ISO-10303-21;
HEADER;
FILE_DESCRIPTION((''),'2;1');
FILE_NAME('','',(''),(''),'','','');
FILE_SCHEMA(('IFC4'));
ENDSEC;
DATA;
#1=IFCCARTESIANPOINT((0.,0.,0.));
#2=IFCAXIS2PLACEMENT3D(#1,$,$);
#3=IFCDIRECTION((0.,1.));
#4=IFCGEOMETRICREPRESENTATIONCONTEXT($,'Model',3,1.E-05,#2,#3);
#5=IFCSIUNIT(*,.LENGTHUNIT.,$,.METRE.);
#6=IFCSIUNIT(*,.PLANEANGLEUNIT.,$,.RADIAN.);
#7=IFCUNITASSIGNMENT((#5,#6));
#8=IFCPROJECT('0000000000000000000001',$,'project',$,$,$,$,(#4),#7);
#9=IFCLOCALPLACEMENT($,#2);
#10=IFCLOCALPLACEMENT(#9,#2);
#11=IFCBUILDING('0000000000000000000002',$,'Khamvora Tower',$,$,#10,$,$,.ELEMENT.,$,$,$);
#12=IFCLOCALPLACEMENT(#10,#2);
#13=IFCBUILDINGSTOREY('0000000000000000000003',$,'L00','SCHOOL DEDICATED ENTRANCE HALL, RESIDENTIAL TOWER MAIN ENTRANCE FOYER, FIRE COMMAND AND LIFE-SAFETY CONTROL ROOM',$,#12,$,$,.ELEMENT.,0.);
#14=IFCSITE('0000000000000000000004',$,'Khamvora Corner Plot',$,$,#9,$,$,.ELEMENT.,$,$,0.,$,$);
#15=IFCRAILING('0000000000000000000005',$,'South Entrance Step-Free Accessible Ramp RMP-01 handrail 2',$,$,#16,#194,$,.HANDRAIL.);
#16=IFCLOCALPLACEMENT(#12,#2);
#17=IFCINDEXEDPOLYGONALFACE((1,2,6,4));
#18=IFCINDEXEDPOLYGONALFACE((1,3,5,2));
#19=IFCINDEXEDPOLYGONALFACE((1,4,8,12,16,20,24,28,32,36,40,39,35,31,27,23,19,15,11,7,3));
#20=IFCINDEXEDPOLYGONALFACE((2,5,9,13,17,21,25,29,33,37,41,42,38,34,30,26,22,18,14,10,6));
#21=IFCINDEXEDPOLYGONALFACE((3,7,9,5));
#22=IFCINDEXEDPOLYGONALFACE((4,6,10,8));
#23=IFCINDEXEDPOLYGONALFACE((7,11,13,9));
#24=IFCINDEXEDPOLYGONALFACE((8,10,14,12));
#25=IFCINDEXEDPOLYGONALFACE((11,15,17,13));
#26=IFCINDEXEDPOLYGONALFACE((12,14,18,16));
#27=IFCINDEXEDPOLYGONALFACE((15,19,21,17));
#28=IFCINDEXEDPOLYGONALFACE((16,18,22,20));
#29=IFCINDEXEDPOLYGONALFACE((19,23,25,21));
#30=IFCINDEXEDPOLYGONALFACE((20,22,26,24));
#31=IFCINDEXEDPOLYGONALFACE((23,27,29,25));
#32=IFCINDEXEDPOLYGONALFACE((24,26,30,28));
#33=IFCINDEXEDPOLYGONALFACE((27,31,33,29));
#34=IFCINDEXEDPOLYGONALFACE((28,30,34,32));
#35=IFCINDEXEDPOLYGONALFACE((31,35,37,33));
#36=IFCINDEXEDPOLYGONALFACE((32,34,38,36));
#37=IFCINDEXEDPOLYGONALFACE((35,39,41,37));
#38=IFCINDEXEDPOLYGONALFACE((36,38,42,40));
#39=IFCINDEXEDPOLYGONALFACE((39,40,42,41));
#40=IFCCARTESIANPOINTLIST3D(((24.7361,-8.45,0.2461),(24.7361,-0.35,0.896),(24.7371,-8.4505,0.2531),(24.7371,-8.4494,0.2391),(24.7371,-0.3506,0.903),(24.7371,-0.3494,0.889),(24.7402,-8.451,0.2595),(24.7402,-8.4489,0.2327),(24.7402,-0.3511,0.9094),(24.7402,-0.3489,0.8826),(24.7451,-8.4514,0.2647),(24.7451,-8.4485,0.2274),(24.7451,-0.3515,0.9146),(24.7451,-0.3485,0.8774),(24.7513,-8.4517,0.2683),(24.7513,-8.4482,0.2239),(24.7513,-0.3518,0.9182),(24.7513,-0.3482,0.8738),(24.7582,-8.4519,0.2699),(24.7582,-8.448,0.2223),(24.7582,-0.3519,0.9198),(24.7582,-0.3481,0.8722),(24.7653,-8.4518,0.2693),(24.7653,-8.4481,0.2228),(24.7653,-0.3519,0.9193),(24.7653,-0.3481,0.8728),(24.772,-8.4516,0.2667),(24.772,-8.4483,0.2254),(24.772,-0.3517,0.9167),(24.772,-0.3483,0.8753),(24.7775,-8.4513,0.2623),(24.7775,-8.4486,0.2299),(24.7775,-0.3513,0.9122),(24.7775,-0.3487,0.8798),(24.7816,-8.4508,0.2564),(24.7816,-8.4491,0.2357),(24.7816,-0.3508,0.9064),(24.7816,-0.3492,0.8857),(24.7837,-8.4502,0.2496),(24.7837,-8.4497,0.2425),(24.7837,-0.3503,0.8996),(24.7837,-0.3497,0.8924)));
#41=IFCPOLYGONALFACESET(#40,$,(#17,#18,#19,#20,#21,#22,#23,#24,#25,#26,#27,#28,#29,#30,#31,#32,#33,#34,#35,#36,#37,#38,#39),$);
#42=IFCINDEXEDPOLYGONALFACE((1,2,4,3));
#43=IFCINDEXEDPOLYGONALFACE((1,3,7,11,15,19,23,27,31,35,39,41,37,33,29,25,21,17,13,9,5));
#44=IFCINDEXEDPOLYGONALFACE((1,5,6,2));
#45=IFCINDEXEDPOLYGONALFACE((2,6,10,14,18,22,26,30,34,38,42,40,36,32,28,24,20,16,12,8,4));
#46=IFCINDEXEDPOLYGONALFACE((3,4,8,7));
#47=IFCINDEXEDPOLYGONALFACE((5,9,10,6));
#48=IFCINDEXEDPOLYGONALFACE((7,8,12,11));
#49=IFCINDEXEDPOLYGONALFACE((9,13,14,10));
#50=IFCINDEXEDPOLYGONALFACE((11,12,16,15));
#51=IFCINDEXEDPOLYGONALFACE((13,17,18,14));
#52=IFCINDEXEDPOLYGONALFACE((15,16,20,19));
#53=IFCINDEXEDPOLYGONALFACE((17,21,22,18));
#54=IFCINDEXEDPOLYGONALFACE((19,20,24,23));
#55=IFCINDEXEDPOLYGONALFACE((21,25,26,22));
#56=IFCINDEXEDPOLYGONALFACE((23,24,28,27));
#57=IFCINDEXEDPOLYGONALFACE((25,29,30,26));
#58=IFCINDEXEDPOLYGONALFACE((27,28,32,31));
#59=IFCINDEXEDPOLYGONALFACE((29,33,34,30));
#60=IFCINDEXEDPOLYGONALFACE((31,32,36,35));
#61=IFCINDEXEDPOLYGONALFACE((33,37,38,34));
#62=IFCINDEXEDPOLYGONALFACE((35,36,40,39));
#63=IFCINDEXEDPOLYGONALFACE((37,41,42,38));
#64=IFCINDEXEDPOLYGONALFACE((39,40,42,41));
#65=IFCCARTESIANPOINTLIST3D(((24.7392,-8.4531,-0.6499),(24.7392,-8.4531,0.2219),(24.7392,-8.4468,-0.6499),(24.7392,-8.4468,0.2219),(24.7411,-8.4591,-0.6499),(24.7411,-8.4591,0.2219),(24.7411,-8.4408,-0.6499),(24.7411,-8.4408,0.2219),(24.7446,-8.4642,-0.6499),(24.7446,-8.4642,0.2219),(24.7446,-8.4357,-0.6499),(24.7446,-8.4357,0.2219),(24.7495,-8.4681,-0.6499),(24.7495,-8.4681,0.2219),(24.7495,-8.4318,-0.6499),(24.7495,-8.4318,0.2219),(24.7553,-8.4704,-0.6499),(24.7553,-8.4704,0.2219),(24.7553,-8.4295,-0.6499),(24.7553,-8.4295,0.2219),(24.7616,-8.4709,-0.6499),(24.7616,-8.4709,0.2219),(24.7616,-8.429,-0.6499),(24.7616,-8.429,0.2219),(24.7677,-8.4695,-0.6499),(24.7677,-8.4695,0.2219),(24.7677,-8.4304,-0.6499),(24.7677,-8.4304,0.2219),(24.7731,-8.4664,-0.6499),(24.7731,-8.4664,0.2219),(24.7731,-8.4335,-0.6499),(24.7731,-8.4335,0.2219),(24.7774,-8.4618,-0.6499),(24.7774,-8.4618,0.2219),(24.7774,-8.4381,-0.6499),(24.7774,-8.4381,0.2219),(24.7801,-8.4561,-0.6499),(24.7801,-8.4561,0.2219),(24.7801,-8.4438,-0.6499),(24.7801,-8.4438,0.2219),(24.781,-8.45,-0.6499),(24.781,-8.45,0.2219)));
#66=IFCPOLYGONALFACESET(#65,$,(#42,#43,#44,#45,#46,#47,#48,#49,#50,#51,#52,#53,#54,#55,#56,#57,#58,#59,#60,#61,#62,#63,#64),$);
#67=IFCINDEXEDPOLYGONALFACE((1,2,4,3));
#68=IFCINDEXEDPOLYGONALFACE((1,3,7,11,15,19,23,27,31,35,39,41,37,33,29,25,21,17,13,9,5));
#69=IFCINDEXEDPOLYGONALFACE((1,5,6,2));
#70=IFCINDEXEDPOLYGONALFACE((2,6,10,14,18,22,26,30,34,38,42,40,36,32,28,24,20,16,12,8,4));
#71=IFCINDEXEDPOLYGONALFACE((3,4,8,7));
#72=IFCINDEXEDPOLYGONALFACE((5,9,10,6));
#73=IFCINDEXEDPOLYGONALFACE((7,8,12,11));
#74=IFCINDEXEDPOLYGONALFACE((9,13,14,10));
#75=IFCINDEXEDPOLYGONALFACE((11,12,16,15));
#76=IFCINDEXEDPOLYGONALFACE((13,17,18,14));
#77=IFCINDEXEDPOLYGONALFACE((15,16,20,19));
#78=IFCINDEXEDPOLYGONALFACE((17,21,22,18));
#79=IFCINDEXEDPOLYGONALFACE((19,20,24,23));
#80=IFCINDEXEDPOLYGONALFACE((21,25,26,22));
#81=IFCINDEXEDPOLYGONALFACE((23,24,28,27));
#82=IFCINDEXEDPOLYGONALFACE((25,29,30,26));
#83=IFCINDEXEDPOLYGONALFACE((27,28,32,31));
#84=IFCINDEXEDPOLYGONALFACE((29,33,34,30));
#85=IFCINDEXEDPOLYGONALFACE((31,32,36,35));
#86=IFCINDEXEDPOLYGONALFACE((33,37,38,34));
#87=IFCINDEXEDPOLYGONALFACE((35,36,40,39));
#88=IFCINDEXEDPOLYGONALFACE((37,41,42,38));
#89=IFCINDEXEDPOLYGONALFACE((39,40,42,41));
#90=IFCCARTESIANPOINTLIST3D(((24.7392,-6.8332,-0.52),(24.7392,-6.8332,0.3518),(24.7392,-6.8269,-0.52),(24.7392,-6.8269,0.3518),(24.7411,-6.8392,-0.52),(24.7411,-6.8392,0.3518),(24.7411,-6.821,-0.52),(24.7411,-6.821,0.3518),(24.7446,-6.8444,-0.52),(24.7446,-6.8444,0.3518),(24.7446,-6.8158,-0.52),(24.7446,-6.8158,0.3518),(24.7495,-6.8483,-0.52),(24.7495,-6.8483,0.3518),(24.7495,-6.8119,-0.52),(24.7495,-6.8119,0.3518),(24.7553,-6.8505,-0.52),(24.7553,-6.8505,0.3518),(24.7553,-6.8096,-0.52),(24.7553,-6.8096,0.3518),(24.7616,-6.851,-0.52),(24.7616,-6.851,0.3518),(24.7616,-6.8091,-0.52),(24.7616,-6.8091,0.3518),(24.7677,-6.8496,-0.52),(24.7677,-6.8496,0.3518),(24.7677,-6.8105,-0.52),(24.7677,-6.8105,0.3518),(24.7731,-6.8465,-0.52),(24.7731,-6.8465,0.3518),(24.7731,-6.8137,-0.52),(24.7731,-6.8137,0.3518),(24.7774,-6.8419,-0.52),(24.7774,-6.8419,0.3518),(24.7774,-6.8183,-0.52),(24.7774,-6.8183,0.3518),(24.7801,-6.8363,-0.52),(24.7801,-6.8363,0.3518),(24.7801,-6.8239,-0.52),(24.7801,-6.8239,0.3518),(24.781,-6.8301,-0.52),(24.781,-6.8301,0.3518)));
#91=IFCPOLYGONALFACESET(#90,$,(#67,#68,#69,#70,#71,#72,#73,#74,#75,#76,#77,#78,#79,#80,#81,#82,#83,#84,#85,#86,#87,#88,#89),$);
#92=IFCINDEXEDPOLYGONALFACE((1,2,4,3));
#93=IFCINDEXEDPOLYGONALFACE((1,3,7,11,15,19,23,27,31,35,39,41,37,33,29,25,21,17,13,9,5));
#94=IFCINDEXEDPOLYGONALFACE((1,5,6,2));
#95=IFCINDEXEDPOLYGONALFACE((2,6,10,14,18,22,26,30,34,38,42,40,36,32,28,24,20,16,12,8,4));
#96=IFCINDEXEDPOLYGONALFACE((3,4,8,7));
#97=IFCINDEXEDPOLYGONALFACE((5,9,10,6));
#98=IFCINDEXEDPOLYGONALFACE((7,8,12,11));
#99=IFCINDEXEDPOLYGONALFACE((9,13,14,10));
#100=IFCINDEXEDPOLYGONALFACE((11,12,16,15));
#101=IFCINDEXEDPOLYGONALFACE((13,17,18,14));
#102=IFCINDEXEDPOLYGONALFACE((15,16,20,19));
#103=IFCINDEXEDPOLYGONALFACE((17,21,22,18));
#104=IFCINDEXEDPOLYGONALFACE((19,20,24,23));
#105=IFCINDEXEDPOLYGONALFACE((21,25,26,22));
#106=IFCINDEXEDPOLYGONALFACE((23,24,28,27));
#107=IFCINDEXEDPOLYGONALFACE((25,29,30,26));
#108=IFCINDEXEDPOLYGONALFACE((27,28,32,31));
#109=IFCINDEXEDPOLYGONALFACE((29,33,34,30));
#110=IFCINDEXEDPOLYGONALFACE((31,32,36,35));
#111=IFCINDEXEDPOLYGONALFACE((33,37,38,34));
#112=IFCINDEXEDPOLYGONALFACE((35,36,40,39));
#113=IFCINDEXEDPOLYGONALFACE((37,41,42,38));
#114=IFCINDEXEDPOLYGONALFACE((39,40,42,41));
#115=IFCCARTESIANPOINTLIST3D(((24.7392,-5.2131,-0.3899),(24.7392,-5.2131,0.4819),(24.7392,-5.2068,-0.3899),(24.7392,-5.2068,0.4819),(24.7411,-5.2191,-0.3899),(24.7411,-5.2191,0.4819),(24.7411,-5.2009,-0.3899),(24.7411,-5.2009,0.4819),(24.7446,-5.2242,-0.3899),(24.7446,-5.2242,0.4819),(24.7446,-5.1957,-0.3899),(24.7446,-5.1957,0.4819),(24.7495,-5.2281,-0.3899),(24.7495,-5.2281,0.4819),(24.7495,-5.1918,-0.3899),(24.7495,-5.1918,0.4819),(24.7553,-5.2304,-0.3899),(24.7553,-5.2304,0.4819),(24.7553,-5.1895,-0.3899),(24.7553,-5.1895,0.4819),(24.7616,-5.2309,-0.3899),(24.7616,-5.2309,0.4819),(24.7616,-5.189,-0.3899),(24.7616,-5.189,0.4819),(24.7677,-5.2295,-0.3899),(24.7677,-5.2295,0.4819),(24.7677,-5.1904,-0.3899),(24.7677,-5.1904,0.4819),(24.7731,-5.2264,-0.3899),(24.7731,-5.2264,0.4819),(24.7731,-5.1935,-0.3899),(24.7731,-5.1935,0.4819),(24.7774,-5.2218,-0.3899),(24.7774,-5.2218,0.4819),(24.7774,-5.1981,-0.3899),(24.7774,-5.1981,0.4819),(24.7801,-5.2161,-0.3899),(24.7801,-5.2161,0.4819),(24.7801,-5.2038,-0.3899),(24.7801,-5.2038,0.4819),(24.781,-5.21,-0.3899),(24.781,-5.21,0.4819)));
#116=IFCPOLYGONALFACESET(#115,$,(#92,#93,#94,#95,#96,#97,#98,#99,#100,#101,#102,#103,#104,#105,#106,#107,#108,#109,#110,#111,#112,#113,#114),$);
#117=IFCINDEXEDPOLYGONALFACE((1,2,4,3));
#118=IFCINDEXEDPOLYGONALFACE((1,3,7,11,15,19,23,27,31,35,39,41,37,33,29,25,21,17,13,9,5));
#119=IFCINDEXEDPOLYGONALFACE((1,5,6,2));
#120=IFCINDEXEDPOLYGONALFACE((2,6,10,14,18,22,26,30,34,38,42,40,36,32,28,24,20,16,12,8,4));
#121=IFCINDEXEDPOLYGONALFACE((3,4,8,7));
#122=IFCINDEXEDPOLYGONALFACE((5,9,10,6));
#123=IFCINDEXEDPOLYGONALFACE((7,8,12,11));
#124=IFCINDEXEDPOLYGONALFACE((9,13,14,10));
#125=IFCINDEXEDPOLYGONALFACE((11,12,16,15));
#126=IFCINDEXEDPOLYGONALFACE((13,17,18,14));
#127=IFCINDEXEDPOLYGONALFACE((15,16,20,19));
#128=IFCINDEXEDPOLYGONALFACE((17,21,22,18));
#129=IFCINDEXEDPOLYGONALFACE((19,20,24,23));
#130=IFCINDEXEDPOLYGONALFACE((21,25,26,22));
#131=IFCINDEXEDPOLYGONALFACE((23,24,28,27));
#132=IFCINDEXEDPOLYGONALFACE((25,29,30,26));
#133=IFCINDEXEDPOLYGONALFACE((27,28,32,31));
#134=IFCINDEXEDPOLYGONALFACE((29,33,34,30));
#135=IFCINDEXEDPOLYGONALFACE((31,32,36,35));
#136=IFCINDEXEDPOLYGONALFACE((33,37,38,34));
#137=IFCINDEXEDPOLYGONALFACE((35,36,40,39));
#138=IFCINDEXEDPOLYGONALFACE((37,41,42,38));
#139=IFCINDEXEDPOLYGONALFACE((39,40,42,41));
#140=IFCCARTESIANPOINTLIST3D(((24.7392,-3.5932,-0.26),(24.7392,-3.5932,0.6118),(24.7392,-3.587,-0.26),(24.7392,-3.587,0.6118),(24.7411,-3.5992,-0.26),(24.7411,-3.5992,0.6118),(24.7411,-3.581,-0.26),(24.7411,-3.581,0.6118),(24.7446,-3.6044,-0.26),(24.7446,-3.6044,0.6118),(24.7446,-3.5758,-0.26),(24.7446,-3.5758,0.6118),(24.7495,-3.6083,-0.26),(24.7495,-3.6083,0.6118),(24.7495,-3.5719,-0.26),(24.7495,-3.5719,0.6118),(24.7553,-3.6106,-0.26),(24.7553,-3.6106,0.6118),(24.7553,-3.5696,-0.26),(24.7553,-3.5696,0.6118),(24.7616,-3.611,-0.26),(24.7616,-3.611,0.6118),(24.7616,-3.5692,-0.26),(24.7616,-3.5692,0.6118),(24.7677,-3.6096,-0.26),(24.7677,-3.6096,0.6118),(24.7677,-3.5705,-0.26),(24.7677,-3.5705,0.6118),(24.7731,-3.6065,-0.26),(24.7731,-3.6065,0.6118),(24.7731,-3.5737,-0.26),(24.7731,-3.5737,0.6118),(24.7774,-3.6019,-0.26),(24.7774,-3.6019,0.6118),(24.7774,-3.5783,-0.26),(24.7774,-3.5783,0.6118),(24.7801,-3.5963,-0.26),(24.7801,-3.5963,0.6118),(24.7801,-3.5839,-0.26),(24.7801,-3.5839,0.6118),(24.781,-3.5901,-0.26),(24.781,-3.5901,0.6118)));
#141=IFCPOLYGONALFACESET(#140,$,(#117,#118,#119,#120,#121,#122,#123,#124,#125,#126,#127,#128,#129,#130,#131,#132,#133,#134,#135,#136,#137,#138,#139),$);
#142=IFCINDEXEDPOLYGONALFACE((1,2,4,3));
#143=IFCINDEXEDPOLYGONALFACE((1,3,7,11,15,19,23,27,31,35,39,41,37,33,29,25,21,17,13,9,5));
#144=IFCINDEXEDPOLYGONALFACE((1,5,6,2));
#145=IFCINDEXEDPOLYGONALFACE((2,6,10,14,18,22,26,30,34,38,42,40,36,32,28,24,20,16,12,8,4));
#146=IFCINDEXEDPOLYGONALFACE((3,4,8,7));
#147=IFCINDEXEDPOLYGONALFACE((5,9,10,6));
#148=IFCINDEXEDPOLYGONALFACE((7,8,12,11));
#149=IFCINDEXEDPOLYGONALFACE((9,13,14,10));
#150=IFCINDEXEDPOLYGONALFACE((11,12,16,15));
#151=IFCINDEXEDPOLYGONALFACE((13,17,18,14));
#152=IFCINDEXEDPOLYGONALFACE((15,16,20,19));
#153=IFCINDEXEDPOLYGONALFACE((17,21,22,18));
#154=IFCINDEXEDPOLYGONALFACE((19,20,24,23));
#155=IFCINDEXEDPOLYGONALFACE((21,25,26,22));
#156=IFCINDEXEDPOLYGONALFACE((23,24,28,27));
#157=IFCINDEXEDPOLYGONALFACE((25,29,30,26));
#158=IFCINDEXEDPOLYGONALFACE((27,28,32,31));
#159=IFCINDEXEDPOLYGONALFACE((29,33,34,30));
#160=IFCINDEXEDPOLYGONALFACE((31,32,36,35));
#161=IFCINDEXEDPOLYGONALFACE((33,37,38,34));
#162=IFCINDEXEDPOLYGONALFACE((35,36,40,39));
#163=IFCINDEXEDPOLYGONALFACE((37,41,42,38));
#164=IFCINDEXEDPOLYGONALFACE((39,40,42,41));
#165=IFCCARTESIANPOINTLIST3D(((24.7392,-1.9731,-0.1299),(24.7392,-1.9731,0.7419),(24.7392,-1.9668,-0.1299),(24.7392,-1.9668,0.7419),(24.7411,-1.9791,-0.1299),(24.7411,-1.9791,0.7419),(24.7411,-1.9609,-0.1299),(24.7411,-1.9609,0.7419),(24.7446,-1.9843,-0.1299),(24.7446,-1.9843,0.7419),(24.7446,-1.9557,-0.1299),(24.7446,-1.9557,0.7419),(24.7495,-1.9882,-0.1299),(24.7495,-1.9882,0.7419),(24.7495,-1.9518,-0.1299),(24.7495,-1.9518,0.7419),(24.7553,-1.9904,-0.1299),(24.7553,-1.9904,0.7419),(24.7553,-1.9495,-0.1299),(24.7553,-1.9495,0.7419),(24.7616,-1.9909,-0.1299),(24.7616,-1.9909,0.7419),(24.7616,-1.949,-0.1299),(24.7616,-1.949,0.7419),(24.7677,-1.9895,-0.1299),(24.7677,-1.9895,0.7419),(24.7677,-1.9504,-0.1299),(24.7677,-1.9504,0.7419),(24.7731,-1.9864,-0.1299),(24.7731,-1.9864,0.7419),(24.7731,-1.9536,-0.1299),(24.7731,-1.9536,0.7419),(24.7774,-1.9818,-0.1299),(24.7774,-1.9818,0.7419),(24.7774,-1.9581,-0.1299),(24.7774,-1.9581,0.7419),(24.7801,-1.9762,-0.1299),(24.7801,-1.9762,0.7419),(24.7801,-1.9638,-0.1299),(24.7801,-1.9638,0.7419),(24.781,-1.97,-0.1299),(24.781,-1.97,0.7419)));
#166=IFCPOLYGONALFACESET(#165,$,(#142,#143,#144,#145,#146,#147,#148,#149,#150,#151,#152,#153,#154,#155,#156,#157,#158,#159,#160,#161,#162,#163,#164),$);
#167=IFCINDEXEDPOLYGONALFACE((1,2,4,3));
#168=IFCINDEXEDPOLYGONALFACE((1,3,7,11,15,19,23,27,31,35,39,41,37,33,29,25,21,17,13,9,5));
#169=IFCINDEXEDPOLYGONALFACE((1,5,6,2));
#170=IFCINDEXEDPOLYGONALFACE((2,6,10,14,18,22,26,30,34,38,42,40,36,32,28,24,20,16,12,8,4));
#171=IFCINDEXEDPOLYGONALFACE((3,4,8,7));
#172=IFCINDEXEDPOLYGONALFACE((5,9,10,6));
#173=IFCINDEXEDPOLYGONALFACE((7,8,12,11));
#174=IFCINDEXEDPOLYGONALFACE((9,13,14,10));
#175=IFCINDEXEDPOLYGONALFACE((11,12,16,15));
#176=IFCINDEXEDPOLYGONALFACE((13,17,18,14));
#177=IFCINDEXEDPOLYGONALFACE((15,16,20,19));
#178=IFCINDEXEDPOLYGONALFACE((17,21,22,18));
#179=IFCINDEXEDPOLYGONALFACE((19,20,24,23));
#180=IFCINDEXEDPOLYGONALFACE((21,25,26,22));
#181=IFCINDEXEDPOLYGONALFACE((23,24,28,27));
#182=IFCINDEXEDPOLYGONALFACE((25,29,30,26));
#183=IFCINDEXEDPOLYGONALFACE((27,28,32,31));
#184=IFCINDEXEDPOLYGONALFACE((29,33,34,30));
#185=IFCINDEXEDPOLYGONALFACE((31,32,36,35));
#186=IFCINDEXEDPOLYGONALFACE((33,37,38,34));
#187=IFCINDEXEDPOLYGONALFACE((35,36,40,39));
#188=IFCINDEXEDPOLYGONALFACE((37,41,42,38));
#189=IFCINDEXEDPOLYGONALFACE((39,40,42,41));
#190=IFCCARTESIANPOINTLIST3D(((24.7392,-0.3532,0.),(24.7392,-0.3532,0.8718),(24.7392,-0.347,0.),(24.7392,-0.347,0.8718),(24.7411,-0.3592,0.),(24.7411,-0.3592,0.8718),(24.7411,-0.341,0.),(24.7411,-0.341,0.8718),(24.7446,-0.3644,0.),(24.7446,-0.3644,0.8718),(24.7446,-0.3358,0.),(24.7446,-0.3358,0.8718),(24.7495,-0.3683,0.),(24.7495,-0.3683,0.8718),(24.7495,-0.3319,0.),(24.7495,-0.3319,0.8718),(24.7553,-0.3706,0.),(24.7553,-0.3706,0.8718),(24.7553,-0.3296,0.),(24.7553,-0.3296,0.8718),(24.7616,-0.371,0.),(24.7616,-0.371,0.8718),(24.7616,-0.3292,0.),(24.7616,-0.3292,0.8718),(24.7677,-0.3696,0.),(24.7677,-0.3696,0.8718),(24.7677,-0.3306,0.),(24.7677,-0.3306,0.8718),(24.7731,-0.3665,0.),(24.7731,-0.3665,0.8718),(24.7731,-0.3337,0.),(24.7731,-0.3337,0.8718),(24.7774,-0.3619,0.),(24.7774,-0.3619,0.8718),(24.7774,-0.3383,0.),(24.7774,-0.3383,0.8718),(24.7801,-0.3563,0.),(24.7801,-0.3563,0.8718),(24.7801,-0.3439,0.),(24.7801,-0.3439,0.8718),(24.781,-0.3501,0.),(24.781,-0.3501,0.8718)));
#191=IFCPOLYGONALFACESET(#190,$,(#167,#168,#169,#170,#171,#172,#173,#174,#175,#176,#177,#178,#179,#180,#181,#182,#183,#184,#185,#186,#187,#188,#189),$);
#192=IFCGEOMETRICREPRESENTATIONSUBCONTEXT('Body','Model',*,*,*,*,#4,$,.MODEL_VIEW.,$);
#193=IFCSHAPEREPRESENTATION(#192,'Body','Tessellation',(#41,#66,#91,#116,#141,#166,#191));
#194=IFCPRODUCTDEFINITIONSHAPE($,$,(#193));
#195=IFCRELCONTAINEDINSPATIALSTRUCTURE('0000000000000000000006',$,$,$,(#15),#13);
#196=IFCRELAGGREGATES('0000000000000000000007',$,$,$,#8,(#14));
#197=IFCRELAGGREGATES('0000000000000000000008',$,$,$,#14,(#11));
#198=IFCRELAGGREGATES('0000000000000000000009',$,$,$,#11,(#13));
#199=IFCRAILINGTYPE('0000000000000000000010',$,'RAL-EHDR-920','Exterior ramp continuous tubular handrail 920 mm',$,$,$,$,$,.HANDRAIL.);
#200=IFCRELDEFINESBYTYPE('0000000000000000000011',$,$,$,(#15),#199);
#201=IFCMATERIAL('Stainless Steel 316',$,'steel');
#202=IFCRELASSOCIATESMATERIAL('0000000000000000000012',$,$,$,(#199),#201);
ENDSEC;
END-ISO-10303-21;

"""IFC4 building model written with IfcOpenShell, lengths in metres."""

from ifc_helpers import new_model, si_unit, direction, frame, origin, origin_2d, place, context, subcontext, project, spatial, circle, extrude, material, type_object, element, save


model = new_model("IFC4")

# Units and contexts
model_context = context("Model", 3, precision=1e-05, world=origin(), true_north=direction((0.0, 1.0)))
body_context = subcontext(model_context, "Body", "Model", "MODEL_VIEW")
ifc_project = project(units=[si_unit("LENGTHUNIT", "METRE"), si_unit("PLANEANGLEUNIT", "RADIAN")], contexts=[model_context])

# Site, building, storey
site_placement = place(None, origin())
site = spatial("IfcSite", under=ifc_project, at=site_placement, Name="Khamvora Corner Plot", CompositionType="ELEMENT", RefElevation=0.0)
building_placement = place(site_placement, origin())
building = spatial("IfcBuilding", under=site, at=building_placement, Name="Khamvora Tower", CompositionType="ELEMENT")
storey_placement = place(building_placement, origin())
storey = spatial("IfcBuildingStorey", under=building, at=storey_placement, Name="L00", Description="SCHOOL DEDICATED ENTRANCE HALL, RESIDENTIAL TOWER MAIN ENTRANCE FOYER, FIRE COMMAND AND LIFE-SAFETY CONTROL ROOM", CompositionType="ELEMENT", Elevation=0.0)

# Railing
ifc_material_1 = material(Name="Stainless Steel 316", Category="steel")
railing_type = type_object("IfcRailingType", Name="RAL-EHDR-920", Description="Exterior ramp continuous tubular handrail 920 mm", PredefinedType="HANDRAIL", material=ifc_material_1)
railing_placement = place(storey_placement, frame((24.76, -8.45, -0.6499)))
element("IfcRailing", 1, at=railing_placement, inside=storey, type_object=railing_type, Name="South Entrance Step-Free Accessible Ramp RMP-01 handrail 2", PredefinedType="HANDRAIL", context=body_context, shape_type="SweptSolid", body=[
    extrude(circle(Radius=0.0239, at=origin_2d()), frame((0.0, 0.0, 0.896), z_axis=(0.0, 0.996797, 0.079979), x_axis=(-1.0, 0.0, 0.0)), (0.0, 0.0, 1.0), 8.126),
    extrude(circle(Radius=0.021, at=origin_2d()), origin(), (0.0, 0.0, 1.0), 0.8718),
    extrude(circle(Radius=0.021, at=origin_2d()), frame((0.0, 1.6199, 0.1299)), (0.0, 0.0, 1.0), 0.8718),
    extrude(circle(Radius=0.021, at=origin_2d()), frame((0.0, 3.24, 0.26)), (0.0, 0.0, 1.0), 0.8718),
    extrude(circle(Radius=0.021, at=origin_2d()), frame((0.0, 4.8599, 0.3899)), (0.0, 0.0, 1.0), 0.8718),
    extrude(circle(Radius=0.021, at=origin_2d()), frame((0.0, 6.48, 0.52)), (0.0, 0.0, 1.0), 0.8718),
    extrude(circle(Radius=0.021, at=origin_2d()), frame((0.0, 8.0999, 0.6499)), (0.0, 0.0, 1.0), 0.8718),
])

save(model, "model.ifc")
